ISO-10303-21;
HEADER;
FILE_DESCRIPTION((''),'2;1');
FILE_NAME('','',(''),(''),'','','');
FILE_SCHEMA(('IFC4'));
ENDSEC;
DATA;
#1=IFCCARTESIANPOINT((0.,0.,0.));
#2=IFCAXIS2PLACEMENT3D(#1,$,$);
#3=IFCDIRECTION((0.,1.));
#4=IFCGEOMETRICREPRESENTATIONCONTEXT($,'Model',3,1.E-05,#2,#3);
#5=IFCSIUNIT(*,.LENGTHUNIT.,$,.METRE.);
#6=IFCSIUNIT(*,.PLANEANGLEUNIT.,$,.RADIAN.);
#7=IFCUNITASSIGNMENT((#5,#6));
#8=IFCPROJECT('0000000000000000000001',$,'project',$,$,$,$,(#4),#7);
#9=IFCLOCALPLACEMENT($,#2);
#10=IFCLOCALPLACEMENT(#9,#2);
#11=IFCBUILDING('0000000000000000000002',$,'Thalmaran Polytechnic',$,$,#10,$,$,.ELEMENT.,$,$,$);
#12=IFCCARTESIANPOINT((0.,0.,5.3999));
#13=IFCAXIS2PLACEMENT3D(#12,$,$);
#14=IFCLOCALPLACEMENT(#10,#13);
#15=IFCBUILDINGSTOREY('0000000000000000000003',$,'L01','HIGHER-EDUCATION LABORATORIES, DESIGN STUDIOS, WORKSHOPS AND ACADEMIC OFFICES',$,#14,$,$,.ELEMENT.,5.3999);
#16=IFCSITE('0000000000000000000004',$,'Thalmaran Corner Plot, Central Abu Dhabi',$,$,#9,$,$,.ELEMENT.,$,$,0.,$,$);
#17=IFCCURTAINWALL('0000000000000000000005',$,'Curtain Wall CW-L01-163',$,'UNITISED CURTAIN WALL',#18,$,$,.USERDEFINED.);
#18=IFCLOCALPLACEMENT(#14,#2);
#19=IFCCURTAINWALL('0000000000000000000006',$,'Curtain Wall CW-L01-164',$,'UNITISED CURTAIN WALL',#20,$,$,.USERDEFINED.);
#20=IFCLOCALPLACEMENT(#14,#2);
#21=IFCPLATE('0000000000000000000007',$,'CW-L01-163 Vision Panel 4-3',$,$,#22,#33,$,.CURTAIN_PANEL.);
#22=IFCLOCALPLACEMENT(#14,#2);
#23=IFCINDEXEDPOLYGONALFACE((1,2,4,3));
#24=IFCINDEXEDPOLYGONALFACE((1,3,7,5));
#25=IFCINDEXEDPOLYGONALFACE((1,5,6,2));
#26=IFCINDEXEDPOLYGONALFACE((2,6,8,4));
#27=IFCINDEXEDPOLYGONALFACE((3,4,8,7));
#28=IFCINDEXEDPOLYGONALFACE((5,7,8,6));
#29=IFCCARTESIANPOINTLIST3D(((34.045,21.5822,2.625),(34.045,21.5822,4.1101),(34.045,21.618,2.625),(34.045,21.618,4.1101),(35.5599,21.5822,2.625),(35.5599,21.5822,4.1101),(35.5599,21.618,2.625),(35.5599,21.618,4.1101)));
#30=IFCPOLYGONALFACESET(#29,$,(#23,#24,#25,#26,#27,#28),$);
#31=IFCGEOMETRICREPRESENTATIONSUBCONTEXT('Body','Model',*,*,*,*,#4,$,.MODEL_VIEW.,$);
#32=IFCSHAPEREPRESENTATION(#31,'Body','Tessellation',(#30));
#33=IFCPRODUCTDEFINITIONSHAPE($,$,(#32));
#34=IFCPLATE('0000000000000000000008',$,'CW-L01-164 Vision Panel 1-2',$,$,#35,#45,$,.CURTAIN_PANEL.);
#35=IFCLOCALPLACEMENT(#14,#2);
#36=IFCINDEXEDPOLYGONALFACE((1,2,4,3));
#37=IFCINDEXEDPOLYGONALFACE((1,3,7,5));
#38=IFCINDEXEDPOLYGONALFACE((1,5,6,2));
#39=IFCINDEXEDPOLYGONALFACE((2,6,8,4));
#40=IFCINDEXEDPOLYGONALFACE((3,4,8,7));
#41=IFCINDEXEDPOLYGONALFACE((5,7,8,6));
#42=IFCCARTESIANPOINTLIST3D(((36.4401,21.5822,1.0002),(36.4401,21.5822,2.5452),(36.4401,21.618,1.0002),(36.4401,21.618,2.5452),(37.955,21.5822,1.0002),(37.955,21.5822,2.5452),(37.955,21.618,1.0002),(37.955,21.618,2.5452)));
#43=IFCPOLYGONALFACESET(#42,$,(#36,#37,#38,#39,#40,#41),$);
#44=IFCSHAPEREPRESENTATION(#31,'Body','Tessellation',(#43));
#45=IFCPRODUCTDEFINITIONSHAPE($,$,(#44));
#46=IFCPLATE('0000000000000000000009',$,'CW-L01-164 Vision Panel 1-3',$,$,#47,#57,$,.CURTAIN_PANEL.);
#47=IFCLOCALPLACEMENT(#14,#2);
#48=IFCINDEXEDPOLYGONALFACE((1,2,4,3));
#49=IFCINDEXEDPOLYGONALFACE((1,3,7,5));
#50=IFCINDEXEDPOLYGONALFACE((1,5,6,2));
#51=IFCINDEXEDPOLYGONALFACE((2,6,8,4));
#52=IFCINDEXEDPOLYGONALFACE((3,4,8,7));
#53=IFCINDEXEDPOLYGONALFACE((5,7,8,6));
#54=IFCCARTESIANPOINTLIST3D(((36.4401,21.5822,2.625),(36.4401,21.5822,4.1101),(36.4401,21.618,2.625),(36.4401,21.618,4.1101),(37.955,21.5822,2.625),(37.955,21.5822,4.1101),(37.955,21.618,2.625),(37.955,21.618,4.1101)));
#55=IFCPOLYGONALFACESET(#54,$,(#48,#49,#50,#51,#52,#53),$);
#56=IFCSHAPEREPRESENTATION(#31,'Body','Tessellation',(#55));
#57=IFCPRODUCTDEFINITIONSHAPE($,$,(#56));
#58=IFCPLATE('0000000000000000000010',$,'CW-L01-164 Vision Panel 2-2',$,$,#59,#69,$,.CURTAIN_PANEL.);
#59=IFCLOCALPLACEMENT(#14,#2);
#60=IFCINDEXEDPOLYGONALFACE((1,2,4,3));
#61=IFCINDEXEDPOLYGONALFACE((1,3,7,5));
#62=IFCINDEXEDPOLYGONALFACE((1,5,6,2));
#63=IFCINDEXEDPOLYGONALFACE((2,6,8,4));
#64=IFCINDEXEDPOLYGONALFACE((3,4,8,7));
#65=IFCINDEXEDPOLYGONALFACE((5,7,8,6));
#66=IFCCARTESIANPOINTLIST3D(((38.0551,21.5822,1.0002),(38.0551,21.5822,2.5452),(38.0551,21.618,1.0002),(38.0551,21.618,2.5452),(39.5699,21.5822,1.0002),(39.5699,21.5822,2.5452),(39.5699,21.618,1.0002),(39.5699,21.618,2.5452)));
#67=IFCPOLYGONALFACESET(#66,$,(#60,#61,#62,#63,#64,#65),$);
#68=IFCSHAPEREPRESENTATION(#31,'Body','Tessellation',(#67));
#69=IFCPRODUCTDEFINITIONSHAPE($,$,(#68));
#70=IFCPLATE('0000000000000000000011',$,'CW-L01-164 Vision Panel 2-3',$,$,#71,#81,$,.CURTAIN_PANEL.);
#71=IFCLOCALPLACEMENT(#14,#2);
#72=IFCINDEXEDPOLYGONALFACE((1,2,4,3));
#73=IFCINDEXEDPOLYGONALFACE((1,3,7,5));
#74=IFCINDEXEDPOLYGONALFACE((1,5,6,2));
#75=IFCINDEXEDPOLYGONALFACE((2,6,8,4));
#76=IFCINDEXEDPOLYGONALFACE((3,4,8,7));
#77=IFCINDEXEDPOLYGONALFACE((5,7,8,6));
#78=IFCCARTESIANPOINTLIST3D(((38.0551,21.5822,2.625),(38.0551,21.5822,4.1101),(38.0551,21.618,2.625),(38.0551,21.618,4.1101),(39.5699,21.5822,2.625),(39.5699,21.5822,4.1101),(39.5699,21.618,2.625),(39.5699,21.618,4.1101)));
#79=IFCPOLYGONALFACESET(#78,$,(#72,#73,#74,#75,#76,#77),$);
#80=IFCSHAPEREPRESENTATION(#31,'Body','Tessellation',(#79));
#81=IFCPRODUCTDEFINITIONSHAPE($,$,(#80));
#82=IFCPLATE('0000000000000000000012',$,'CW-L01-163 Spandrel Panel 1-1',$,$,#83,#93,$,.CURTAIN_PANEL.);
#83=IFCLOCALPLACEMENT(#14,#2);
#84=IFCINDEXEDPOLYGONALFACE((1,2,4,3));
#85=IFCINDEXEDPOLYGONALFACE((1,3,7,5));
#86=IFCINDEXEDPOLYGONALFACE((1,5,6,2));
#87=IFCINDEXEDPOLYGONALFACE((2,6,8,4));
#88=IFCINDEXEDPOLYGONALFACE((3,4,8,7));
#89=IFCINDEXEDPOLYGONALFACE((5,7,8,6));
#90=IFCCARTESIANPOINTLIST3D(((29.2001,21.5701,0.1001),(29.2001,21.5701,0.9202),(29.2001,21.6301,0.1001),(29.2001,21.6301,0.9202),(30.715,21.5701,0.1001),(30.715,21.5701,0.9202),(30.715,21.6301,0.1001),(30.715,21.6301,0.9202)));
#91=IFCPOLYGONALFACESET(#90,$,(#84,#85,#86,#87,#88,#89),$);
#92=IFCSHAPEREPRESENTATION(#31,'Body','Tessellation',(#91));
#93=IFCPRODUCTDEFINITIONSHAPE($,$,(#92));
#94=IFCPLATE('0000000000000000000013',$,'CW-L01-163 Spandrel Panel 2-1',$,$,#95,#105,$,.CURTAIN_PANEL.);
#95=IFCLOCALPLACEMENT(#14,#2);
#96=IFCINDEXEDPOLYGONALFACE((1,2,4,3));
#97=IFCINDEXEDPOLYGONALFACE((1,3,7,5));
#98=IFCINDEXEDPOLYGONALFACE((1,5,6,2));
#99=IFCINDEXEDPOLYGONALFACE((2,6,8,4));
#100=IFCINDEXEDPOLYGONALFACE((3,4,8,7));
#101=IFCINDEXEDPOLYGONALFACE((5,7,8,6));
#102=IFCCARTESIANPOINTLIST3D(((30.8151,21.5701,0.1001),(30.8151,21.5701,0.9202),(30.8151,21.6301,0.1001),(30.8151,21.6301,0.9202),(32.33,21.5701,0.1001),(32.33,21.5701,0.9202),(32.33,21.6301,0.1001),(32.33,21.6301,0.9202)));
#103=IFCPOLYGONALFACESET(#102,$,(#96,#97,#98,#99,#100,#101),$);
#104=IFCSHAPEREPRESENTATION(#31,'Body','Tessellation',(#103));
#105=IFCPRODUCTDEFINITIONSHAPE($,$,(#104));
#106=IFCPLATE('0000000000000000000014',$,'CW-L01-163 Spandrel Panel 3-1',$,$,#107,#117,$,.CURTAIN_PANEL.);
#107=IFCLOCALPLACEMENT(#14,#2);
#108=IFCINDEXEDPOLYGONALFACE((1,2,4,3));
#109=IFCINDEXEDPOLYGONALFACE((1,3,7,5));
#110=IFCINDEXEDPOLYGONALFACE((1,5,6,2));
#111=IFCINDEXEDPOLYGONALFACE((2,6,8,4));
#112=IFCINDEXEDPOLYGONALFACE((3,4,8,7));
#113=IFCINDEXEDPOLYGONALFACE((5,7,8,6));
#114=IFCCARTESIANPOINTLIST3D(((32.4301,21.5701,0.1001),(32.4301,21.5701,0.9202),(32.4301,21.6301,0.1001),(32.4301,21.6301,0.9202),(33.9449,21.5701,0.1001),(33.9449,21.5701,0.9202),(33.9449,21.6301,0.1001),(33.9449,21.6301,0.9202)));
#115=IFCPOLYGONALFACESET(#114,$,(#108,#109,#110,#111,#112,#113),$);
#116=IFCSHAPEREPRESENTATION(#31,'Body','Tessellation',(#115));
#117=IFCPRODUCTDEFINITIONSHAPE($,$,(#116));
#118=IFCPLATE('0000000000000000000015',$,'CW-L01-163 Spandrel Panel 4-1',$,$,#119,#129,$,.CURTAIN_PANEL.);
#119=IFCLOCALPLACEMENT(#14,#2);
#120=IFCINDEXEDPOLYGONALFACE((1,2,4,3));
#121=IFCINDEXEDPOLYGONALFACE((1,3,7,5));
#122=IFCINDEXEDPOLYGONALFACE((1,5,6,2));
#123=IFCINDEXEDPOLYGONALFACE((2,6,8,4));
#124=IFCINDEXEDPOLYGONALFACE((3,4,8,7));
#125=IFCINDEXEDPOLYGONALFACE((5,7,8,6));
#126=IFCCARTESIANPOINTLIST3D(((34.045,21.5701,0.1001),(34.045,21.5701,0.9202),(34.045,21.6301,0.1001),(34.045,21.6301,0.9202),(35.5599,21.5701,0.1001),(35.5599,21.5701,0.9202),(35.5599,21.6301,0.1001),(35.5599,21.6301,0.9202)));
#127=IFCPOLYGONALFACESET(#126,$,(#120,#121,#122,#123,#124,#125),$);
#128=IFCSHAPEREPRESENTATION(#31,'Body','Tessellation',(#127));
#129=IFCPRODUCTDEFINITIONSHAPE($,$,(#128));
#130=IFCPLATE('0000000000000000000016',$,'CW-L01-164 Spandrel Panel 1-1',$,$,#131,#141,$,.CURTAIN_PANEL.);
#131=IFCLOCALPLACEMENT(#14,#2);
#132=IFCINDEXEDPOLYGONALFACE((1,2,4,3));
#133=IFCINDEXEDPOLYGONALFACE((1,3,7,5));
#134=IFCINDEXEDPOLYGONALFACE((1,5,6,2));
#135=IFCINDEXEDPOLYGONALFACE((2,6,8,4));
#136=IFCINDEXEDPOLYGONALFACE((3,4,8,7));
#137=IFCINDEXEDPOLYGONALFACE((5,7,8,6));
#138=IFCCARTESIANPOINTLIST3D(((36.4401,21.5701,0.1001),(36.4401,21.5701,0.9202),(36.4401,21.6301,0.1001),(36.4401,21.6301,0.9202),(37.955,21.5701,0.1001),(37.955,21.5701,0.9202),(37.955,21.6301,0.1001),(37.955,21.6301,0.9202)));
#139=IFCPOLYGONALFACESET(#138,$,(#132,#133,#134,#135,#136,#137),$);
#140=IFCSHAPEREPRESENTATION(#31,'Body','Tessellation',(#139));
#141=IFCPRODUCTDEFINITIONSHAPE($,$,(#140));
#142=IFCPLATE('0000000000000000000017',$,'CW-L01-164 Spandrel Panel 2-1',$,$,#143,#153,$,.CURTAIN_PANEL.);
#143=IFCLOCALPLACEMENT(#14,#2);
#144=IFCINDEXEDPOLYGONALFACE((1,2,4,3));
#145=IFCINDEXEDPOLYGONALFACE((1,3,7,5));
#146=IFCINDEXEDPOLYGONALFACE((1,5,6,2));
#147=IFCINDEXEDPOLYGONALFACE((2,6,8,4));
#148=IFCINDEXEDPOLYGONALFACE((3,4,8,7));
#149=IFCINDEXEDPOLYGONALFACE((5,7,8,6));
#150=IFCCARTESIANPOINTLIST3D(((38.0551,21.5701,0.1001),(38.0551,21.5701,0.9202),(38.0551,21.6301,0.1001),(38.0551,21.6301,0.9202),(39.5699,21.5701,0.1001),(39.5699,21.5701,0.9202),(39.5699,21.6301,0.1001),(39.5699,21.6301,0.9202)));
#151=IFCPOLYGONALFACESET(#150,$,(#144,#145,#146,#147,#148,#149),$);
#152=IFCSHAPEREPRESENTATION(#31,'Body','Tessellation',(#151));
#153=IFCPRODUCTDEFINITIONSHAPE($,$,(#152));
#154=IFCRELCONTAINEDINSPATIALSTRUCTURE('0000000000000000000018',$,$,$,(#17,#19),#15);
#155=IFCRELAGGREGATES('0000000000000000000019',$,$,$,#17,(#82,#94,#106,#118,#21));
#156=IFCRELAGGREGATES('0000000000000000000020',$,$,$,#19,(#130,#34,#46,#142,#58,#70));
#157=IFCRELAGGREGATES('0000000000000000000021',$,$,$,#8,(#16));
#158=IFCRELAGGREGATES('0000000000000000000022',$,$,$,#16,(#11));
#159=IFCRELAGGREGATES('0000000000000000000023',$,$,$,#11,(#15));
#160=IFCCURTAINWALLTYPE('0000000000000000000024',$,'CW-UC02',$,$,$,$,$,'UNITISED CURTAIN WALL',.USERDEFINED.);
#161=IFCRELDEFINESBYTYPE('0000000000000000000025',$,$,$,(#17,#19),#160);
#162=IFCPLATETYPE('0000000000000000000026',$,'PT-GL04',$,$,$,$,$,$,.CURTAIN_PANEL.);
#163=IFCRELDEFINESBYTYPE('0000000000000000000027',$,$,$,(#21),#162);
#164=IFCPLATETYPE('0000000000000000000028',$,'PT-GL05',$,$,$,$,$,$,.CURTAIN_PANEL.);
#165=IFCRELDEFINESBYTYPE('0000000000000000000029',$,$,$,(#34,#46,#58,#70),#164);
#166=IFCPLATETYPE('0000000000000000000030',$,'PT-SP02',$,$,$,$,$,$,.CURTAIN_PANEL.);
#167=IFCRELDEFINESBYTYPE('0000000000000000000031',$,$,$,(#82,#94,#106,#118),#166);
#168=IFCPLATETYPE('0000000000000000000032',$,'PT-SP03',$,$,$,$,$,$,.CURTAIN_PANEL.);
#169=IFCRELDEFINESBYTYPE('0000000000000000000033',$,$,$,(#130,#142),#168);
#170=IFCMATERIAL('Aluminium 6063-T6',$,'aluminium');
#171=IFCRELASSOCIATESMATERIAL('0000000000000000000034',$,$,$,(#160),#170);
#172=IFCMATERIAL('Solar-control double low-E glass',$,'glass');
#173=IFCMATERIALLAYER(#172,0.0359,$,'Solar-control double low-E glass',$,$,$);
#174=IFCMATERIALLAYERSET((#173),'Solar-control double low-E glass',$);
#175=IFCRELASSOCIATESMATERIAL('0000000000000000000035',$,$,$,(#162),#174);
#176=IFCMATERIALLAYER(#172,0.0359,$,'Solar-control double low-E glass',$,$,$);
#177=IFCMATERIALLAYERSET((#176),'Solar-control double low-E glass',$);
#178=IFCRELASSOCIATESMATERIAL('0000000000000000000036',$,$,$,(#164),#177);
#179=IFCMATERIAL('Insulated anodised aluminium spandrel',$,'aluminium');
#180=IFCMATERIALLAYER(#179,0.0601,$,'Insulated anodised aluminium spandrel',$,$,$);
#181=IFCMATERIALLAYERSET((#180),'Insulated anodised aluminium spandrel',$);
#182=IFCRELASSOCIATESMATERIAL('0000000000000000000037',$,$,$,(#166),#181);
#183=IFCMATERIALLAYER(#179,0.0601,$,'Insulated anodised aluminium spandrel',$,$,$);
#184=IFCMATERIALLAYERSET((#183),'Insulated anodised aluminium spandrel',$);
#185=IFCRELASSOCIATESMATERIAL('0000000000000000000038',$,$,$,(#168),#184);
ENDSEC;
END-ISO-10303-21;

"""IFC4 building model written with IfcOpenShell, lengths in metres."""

from ifc_helpers import new_model, si_unit, direction, frame, origin, origin_2d, place, context, subcontext, project, spatial, rectangle, extrude, material, layer, layer_set, type_object, element, aggregate, save


model = new_model("IFC4")

# Units and contexts
model_context = context("Model", 3, precision=1e-05, world=origin(), true_north=direction((0.0, 1.0)))
body_context = subcontext(model_context, "Body", "Model", "MODEL_VIEW")
ifc_project = project(units=[si_unit("LENGTHUNIT", "METRE"), si_unit("PLANEANGLEUNIT", "RADIAN")], contexts=[model_context])

# Site, building, storey
site_placement = place(None, origin())
site = spatial("IfcSite", under=ifc_project, at=site_placement, Name="Thalmaran Corner Plot, Central Abu Dhabi", CompositionType="ELEMENT", RefElevation=0.0)
building_placement = place(site_placement, origin())
building = spatial("IfcBuilding", under=site, at=building_placement, Name="Thalmaran Polytechnic", CompositionType="ELEMENT")
storey_placement = place(building_placement, frame((0.0, 0.0, 5.3999)))
storey = spatial("IfcBuildingStorey", under=building, at=storey_placement, Name="L01", Description="HIGHER-EDUCATION LABORATORIES, DESIGN STUDIOS, WORKSHOPS AND ACADEMIC OFFICES", CompositionType="ELEMENT", Elevation=5.3999)

# Curtain walls
ifc_material_1 = material(Name="Aluminium 6063-T6", Category="aluminium")
curtain_wall_type = type_object("IfcCurtainWallType", Name="CW-UC02", ElementType="UNITISED CURTAIN WALL", PredefinedType="USERDEFINED", material=ifc_material_1)
curtain_wall_1_placement = place(storey_placement, origin())
curtain_wall_1 = element("IfcCurtainWall", 1, at=curtain_wall_1_placement, inside=storey, type_object=curtain_wall_type, Name="Curtain Wall CW-L01-163", ObjectType="UNITISED CURTAIN WALL", PredefinedType="USERDEFINED")
curtain_wall_2_placement = place(storey_placement, origin())
curtain_wall_2 = element("IfcCurtainWall", 2, at=curtain_wall_2_placement, inside=storey, type_object=curtain_wall_type, Name="Curtain Wall CW-L01-164", ObjectType="UNITISED CURTAIN WALL", PredefinedType="USERDEFINED")

# Plates
ifc_material_2 = material(Name="Solar-control double low-E glass", Category="glass")
ifc_layer_1 = layer(ifc_material_2, 0.0359, Name="Solar-control double low-E glass")
ifc_layer_set_1 = layer_set([ifc_layer_1], Name="Solar-control double low-E glass")
plate_type_1 = type_object("IfcPlateType", Name="PT-GL04", PredefinedType="CURTAIN_PANEL", material=ifc_layer_set_1)
plate_1_placement = place(storey_placement, frame((34.8025, 21.6001, 2.625), z_axis=(0.0, 0.0, 1.0), x_axis=(1.0, 0.0, 0.0)))
plate_1 = element("IfcPlate", 3, at=plate_1_placement, type_object=plate_type_1, Name="CW-L01-163 Vision Panel 4-3", PredefinedType="CURTAIN_PANEL", context=body_context, shape_type="SweptSolid", body=[
    extrude(rectangle(XDim=1.5149, YDim=0.0359, at=origin_2d()), origin(), (0.0, 0.0, 1.0), 1.4851),
])
ifc_layer_2 = layer(ifc_material_2, 0.0359, Name="Solar-control double low-E glass")
ifc_layer_set_2 = layer_set([ifc_layer_2], Name="Solar-control double low-E glass")
plate_type_2 = type_object("IfcPlateType", Name="PT-GL05", PredefinedType="CURTAIN_PANEL", material=ifc_layer_set_2)
plate_2_placement = place(storey_placement, frame((37.1975, 21.6001, 1.0002), z_axis=(0.0, 0.0, 1.0), x_axis=(1.0, 0.0, 0.0)))
plate_2 = element("IfcPlate", 4, at=plate_2_placement, type_object=plate_type_2, Name="CW-L01-164 Vision Panel 1-2", PredefinedType="CURTAIN_PANEL", context=body_context, shape_type="SweptSolid", body=[
    extrude(rectangle(XDim=1.5149, YDim=0.0359, at=origin_2d()), origin(), (0.0, 0.0, 1.0), 1.5449),
])
plate_3_placement = place(storey_placement, frame((37.1975, 21.6001, 2.625), z_axis=(0.0, 0.0, 1.0), x_axis=(1.0, 0.0, 0.0)))
plate_3 = element("IfcPlate", 5, at=plate_3_placement, type_object=plate_type_2, Name="CW-L01-164 Vision Panel 1-3", PredefinedType="CURTAIN_PANEL", context=body_context, shape_type="SweptSolid", body=[
    extrude(rectangle(XDim=1.5149, YDim=0.0359, at=origin_2d()), origin(), (0.0, 0.0, 1.0), 1.4851),
])
plate_4_placement = place(storey_placement, frame((38.8125, 21.6001, 1.0002), z_axis=(0.0, 0.0, 1.0), x_axis=(1.0, 0.0, 0.0)))
plate_4 = element("IfcPlate", 6, at=plate_4_placement, type_object=plate_type_2, Name="CW-L01-164 Vision Panel 2-2", PredefinedType="CURTAIN_PANEL", context=body_context, shape_type="SweptSolid", body=[
    extrude(rectangle(XDim=1.5149, YDim=0.0359, at=origin_2d()), origin(), (0.0, 0.0, 1.0), 1.5449),
])
plate_5_placement = place(storey_placement, frame((38.8125, 21.6001, 2.625), z_axis=(0.0, 0.0, 1.0), x_axis=(1.0, 0.0, 0.0)))
plate_5 = element("IfcPlate", 7, at=plate_5_placement, type_object=plate_type_2, Name="CW-L01-164 Vision Panel 2-3", PredefinedType="CURTAIN_PANEL", context=body_context, shape_type="SweptSolid", body=[
    extrude(rectangle(XDim=1.5149, YDim=0.0359, at=origin_2d()), origin(), (0.0, 0.0, 1.0), 1.4851),
])
ifc_material_3 = material(Name="Insulated anodised aluminium spandrel", Category="aluminium")
ifc_layer_3 = layer(ifc_material_3, 0.0601, Name="Insulated anodised aluminium spandrel")
ifc_layer_set_3 = layer_set([ifc_layer_3], Name="Insulated anodised aluminium spandrel")
plate_type_3 = type_object("IfcPlateType", Name="PT-SP02", PredefinedType="CURTAIN_PANEL", material=ifc_layer_set_3)
plate_6_placement = place(storey_placement, frame((29.9575, 21.6001, 0.1001), z_axis=(0.0, 0.0, 1.0), x_axis=(1.0, 0.0, 0.0)))
plate_6 = element("IfcPlate", 8, at=plate_6_placement, type_object=plate_type_3, Name="CW-L01-163 Spandrel Panel 1-1", PredefinedType="CURTAIN_PANEL", context=body_context, shape_type="SweptSolid", body=[
    extrude(rectangle(XDim=1.5149, YDim=0.0601, at=origin_2d()), origin(), (0.0, 0.0, 1.0), 0.8201),
])
plate_7_placement = place(storey_placement, frame((31.5725, 21.6001, 0.1001), z_axis=(0.0, 0.0, 1.0), x_axis=(1.0, 0.0, 0.0)))
plate_7 = element("IfcPlate", 9, at=plate_7_placement, type_object=plate_type_3, Name="CW-L01-163 Spandrel Panel 2-1", PredefinedType="CURTAIN_PANEL", context=body_context, shape_type="SweptSolid", body=[
    extrude(rectangle(XDim=1.5149, YDim=0.0601, at=origin_2d()), origin(), (0.0, 0.0, 1.0), 0.8201),
])
plate_8_placement = place(storey_placement, frame((33.1875, 21.6001, 0.1001), z_axis=(0.0, 0.0, 1.0), x_axis=(1.0, 0.0, 0.0)))
plate_8 = element("IfcPlate", 10, at=plate_8_placement, type_object=plate_type_3, Name="CW-L01-163 Spandrel Panel 3-1", PredefinedType="CURTAIN_PANEL", context=body_context, shape_type="SweptSolid", body=[
    extrude(rectangle(XDim=1.5149, YDim=0.0601, at=origin_2d()), origin(), (0.0, 0.0, 1.0), 0.8201),
])
plate_9_placement = place(storey_placement, frame((34.8025, 21.6001, 0.1001), z_axis=(0.0, 0.0, 1.0), x_axis=(1.0, 0.0, 0.0)))
plate_9 = element("IfcPlate", 11, at=plate_9_placement, type_object=plate_type_3, Name="CW-L01-163 Spandrel Panel 4-1", PredefinedType="CURTAIN_PANEL", context=body_context, shape_type="SweptSolid", body=[
    extrude(rectangle(XDim=1.5149, YDim=0.0601, at=origin_2d()), origin(), (0.0, 0.0, 1.0), 0.8201),
])
aggregate(curtain_wall_1, [plate_6, plate_7, plate_8, plate_9, plate_1])
ifc_layer_4 = layer(ifc_material_3, 0.0601, Name="Insulated anodised aluminium spandrel")
ifc_layer_set_4 = layer_set([ifc_layer_4], Name="Insulated anodised aluminium spandrel")
plate_type_4 = type_object("IfcPlateType", Name="PT-SP03", PredefinedType="CURTAIN_PANEL", material=ifc_layer_set_4)
plate_10_placement = place(storey_placement, frame((37.1975, 21.6001, 0.1001), z_axis=(0.0, 0.0, 1.0), x_axis=(1.0, 0.0, 0.0)))
plate_10 = element("IfcPlate", 12, at=plate_10_placement, type_object=plate_type_4, Name="CW-L01-164 Spandrel Panel 1-1", PredefinedType="CURTAIN_PANEL", context=body_context, shape_type="SweptSolid", body=[
    extrude(rectangle(XDim=1.5149, YDim=0.0601, at=origin_2d()), origin(), (0.0, 0.0, 1.0), 0.8201),
])
plate_11_placement = place(storey_placement, frame((38.8125, 21.6001, 0.1001), z_axis=(0.0, 0.0, 1.0), x_axis=(1.0, 0.0, 0.0)))
plate_11 = element("IfcPlate", 13, at=plate_11_placement, type_object=plate_type_4, Name="CW-L01-164 Spandrel Panel 2-1", PredefinedType="CURTAIN_PANEL", context=body_context, shape_type="SweptSolid", body=[
    extrude(rectangle(XDim=1.5149, YDim=0.0601, at=origin_2d()), origin(), (0.0, 0.0, 1.0), 0.8201),
])
aggregate(curtain_wall_2, [plate_10, plate_2, plate_3, plate_11, plate_4, plate_5])

save(model, "model.ifc")
